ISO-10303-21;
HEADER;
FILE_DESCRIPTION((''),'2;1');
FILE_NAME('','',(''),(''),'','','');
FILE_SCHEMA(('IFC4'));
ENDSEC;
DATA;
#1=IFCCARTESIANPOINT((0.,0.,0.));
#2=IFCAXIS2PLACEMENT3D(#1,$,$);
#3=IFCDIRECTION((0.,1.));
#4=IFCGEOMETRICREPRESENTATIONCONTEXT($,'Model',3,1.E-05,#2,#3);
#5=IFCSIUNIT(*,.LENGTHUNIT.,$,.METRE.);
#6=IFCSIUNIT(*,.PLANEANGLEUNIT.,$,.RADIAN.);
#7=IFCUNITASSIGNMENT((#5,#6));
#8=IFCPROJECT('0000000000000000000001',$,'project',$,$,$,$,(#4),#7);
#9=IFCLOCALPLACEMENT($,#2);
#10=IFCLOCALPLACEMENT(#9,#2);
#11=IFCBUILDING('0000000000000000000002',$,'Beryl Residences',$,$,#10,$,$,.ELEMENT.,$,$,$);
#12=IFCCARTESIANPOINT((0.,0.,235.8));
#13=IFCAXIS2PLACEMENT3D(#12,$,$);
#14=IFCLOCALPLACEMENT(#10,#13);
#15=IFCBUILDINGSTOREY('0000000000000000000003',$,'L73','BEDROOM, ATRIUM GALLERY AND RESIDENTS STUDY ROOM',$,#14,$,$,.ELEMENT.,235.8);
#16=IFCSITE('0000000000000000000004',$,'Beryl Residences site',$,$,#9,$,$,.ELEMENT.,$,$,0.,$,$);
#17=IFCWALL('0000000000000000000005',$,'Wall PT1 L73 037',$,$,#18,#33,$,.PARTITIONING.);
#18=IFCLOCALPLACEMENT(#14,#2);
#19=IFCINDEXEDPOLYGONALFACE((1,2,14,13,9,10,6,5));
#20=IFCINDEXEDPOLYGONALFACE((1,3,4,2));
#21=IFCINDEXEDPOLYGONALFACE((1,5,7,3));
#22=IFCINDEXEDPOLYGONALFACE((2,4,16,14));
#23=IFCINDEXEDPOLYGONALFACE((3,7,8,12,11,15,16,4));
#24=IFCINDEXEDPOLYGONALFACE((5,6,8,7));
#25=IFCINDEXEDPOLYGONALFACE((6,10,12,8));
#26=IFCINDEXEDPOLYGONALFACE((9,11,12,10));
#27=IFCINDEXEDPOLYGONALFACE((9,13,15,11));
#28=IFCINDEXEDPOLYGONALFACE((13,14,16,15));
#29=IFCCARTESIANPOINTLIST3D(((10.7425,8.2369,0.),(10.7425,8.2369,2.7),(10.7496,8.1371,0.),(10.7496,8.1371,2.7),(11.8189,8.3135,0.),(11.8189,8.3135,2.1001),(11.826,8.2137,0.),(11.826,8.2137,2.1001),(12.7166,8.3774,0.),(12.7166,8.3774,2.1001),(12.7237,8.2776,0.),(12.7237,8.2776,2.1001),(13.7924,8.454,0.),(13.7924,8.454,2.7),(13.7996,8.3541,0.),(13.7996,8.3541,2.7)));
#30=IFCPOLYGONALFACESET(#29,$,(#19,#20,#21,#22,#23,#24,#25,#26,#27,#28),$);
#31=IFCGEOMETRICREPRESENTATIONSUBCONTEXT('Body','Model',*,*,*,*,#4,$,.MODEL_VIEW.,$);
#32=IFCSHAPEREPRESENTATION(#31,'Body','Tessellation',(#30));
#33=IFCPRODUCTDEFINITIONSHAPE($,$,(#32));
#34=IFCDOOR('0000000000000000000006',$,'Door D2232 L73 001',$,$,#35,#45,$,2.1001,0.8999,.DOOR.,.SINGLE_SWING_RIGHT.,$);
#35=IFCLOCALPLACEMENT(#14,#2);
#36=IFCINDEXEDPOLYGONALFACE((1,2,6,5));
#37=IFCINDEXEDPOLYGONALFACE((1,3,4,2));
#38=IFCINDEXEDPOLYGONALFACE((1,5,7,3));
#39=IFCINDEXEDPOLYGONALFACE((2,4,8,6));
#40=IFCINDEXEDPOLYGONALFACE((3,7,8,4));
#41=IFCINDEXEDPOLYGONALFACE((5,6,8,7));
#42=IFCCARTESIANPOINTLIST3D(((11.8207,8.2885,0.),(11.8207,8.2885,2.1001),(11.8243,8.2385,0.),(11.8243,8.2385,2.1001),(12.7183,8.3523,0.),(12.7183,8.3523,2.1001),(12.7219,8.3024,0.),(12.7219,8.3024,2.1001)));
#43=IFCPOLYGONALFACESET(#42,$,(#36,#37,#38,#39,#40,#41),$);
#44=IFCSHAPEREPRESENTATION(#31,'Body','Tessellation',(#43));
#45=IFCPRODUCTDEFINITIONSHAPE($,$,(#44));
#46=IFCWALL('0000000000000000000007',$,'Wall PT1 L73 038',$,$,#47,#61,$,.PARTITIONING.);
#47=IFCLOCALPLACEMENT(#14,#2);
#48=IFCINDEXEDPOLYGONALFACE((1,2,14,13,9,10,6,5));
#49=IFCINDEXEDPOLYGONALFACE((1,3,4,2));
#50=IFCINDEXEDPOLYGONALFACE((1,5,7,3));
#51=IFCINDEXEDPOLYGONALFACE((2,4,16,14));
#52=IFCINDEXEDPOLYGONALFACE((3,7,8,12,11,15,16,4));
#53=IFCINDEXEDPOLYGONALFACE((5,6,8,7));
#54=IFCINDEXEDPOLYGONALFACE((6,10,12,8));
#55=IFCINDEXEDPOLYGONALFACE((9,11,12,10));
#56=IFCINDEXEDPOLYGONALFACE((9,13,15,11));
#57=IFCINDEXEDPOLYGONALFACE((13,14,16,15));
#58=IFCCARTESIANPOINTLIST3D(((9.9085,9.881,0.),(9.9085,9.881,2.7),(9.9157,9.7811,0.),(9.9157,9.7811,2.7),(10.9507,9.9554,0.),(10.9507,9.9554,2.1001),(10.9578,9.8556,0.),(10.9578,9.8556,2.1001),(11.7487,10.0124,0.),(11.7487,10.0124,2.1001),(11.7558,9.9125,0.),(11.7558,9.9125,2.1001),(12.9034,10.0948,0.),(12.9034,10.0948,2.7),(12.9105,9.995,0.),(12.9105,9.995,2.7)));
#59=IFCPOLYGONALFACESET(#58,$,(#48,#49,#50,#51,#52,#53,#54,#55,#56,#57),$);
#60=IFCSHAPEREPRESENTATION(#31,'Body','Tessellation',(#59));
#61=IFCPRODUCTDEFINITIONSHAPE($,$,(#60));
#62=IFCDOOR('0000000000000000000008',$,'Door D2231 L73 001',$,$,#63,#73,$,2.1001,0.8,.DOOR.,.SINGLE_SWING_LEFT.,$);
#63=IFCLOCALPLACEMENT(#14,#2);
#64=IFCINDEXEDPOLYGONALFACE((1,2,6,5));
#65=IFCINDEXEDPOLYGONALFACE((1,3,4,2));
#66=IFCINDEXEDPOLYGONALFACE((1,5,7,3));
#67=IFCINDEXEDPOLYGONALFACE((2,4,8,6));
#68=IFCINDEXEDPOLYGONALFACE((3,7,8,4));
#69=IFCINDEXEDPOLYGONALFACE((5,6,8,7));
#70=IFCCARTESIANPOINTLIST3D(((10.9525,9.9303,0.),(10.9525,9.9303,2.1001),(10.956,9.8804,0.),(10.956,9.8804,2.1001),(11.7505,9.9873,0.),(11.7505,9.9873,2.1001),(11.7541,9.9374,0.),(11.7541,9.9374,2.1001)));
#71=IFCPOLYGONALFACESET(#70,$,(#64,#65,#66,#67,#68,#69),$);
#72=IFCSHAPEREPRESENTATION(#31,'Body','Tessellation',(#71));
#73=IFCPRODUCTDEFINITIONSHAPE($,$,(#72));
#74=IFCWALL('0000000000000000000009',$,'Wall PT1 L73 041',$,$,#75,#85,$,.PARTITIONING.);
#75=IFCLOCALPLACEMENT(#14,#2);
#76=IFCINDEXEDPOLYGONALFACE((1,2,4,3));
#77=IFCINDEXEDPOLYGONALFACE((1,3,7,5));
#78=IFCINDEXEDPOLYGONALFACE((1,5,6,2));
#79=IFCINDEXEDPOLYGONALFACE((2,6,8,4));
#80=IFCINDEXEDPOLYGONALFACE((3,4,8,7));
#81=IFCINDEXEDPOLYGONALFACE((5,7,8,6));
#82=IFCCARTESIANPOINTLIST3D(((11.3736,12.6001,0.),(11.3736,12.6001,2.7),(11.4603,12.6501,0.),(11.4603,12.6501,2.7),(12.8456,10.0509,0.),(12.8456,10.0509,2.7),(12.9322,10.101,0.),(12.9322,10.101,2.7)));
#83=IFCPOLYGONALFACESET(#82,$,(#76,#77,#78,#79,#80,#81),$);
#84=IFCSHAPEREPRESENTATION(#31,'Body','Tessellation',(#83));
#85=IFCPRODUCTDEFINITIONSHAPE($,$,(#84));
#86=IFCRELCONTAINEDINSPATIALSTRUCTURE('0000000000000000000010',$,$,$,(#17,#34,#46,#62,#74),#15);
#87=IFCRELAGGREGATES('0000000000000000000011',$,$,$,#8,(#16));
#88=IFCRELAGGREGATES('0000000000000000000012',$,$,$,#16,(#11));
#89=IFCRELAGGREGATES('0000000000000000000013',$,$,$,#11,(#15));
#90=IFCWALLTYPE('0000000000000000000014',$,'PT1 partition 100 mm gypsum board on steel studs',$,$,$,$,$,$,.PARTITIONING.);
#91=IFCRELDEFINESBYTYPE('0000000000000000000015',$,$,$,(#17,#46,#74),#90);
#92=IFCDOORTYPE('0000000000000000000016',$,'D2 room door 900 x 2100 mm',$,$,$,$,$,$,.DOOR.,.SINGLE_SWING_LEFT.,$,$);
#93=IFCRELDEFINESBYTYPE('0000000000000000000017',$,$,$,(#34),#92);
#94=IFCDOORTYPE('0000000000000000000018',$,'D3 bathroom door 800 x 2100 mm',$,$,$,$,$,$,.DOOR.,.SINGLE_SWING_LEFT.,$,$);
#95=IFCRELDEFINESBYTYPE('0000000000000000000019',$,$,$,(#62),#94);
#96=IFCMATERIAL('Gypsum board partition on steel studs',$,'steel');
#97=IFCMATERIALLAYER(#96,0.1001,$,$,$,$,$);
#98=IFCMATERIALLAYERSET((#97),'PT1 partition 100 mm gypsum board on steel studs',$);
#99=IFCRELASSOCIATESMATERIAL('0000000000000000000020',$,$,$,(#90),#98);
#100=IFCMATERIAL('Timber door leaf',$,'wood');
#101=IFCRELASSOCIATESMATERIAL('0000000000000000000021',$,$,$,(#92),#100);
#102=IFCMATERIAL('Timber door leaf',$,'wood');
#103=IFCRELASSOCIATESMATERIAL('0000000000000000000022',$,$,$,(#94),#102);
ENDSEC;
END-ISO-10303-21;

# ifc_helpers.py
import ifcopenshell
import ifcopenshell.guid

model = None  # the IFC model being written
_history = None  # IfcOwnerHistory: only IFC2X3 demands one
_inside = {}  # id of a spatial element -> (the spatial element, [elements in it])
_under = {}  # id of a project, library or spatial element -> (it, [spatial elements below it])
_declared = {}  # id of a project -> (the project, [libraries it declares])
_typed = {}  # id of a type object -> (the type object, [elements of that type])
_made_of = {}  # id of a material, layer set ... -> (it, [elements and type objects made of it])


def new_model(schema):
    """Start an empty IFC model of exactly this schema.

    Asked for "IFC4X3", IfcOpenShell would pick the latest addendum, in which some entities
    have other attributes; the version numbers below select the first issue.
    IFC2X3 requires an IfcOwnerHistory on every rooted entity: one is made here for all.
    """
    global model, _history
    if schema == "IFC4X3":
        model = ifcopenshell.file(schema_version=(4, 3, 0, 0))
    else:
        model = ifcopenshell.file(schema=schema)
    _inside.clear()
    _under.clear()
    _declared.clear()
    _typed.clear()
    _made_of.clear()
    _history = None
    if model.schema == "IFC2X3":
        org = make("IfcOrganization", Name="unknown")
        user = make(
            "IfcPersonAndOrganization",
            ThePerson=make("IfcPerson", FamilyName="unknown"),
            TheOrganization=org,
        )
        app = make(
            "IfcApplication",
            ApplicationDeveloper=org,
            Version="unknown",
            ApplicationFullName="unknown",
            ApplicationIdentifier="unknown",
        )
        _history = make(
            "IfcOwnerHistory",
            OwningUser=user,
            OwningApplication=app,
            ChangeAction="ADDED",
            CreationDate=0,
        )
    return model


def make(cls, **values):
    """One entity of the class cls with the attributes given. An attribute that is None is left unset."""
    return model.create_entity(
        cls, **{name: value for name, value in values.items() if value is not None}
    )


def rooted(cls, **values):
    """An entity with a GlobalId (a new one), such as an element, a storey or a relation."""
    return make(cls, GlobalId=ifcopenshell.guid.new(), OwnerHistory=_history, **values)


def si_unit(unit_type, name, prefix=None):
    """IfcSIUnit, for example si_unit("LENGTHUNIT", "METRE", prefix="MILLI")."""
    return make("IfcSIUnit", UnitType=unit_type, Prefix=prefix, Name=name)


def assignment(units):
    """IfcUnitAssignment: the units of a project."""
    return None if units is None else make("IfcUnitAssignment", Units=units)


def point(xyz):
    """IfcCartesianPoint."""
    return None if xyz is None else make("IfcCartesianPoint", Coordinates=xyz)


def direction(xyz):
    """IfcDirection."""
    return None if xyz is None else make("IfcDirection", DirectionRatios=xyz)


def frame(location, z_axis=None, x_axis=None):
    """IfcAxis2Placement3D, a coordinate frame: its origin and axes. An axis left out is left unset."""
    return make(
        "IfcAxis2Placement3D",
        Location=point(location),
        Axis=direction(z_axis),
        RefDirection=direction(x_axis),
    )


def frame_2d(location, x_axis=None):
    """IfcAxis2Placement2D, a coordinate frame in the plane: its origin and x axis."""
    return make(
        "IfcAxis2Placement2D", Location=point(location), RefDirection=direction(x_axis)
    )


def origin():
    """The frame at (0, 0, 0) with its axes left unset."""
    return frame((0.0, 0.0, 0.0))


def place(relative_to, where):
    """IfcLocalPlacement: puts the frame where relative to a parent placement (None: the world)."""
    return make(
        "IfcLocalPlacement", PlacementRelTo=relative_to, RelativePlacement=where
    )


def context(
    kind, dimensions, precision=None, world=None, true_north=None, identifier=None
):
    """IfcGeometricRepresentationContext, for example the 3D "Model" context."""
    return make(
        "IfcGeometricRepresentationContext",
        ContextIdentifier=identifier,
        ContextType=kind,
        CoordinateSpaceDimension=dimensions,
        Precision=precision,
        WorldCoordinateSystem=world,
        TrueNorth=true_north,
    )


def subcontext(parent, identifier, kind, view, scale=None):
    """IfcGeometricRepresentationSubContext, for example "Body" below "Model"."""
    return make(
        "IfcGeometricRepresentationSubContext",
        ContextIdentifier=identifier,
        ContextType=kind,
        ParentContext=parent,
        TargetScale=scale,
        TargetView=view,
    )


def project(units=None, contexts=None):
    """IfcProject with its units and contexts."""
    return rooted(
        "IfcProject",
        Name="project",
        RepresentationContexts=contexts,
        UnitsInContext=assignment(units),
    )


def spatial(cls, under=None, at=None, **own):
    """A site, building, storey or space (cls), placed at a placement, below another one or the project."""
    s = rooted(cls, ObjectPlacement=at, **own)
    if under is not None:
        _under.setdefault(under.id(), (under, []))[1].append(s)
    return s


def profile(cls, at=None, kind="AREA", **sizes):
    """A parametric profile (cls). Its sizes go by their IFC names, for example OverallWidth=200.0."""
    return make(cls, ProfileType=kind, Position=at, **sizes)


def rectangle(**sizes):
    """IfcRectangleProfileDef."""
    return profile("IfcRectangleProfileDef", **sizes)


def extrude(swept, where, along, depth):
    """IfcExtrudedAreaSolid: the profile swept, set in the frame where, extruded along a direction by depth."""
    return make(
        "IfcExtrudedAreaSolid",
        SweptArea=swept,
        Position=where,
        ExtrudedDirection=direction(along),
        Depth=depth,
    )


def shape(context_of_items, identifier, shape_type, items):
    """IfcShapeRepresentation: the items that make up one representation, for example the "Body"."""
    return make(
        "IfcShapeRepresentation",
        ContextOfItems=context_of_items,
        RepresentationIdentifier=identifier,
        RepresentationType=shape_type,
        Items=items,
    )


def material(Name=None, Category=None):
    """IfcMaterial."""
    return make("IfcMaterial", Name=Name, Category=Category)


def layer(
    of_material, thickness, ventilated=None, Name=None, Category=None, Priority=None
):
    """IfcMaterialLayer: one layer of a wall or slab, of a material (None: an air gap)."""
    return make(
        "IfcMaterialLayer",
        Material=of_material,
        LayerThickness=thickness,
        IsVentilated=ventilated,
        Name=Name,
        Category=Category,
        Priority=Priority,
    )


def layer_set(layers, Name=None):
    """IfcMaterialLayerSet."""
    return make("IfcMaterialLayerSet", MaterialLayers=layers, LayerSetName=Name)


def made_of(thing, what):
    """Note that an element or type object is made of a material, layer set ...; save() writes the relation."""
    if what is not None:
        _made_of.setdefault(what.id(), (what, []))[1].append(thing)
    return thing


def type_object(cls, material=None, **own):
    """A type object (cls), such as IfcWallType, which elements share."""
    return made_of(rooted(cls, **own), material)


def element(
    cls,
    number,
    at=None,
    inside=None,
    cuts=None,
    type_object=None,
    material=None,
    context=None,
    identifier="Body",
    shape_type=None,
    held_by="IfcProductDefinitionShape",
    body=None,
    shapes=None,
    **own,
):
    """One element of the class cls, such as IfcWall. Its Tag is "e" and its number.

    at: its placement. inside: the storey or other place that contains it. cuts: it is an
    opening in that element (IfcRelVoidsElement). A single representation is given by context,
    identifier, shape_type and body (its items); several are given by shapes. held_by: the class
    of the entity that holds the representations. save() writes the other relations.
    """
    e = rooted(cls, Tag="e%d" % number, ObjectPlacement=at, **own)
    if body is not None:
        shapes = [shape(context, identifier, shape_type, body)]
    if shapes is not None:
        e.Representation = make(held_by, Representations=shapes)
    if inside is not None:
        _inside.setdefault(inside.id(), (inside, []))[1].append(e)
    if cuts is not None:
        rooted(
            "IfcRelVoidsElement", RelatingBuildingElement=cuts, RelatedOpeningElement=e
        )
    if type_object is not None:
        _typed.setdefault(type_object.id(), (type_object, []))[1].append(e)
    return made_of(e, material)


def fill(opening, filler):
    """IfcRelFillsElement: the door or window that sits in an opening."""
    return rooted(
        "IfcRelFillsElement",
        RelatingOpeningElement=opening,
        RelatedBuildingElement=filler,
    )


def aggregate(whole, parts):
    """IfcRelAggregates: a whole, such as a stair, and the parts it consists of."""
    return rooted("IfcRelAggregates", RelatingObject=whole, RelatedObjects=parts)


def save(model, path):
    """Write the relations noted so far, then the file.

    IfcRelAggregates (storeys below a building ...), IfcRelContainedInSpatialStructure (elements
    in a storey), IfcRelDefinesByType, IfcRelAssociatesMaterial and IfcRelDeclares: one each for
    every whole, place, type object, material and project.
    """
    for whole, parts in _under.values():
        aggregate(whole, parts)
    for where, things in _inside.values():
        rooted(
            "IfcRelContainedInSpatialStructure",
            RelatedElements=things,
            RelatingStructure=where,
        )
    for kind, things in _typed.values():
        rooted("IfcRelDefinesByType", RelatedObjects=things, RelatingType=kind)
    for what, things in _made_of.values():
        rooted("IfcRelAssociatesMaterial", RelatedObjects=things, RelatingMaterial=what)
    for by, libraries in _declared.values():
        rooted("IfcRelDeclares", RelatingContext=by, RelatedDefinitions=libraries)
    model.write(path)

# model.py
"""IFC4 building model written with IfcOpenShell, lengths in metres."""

from ifc_helpers import new_model, si_unit, direction, frame, frame_2d, origin, place, context, subcontext, project, spatial, rectangle, extrude, material, layer, layer_set, type_object, element, fill, save


model = new_model("IFC4")

# Units and contexts
model_context = context("Model", 3, precision=1e-05, world=origin(), true_north=direction((0.0, 1.0)))
body_context = subcontext(model_context, "Body", "Model", "MODEL_VIEW")
ifc_project = project(units=[si_unit("LENGTHUNIT", "METRE"), si_unit("PLANEANGLEUNIT", "RADIAN")], contexts=[model_context])

# Site, building, storey
site_placement = place(None, origin())
site = spatial("IfcSite", under=ifc_project, at=site_placement, Name="Beryl Residences site", CompositionType="ELEMENT", RefElevation=0.0)
building_placement = place(site_placement, origin())
building = spatial("IfcBuilding", under=site, at=building_placement, Name="Beryl Residences", CompositionType="ELEMENT")
storey_placement = place(building_placement, frame((0.0, 0.0, 235.8)))
storey = spatial("IfcBuildingStorey", under=building, at=storey_placement, Name="L73", Description="BEDROOM, ATRIUM GALLERY AND RESIDENTS STUDY ROOM", CompositionType="ELEMENT", Elevation=235.8)

# Shared definitions
ifc_material_1 = material(Name="Gypsum board partition on steel studs", Category="steel")
ifc_layer_1 = layer(ifc_material_1, 0.1001)
ifc_layer_set_1 = layer_set([ifc_layer_1], Name="PT1 partition 100 mm gypsum board on steel studs")
wall_type_1 = type_object("IfcWallType", Name="PT1 partition 100 mm gypsum board on steel studs", PredefinedType="PARTITIONING", material=ifc_layer_set_1)
ifc_material_2 = material(Name="Timber door leaf", Category="wood")
door_type_1 = type_object("IfcDoorType", Name="D2 room door 900 x 2100 mm", OperationType="SINGLE_SWING_LEFT", PredefinedType="DOOR", material=ifc_material_2)

# Walls, openings, doors
wall_1_placement = place(storey_placement, frame((10.7461, 8.187, 0.0), z_axis=(0.0, 0.0, 1.0), x_axis=(0.997477, 0.070986, 0.0)))
wall_1 = element("IfcWall", 1, at=wall_1_placement, inside=storey, type_object=wall_type_1, Name="Wall PT1 L73 037", PredefinedType="PARTITIONING", context=body_context, shape_type="SweptSolid", body=[
    extrude(rectangle(XDim=3.0576, YDim=0.1001, at=frame_2d((1.5288, 0.0))), origin(), (0.0, 0.0, 1.0), 2.7),
])
opening_1_placement = place(wall_1_placement, frame((1.0791, 0.0, 0.0)))
opening_1 = element("IfcOpeningElement", 2, at=opening_1_placement, cuts=wall_1, PredefinedType="OPENING", context=body_context, shape_type="SweptSolid", body=[
    extrude(rectangle(XDim=0.8999, YDim=2.1001, at=frame_2d((0.45, 1.05))), frame((0.0, 0.0601, 0.0), z_axis=(0.0, -1.0, 0.0), x_axis=(1.0, 0.0, 0.0)), (0.0, 0.0, 1.0), 0.1201),
])
door_1_placement = place(opening_1_placement, origin())
door_1 = element("IfcDoor", 3, at=door_1_placement, inside=storey, type_object=door_type_1, Name="Door D2232 L73 001", OperationType="SINGLE_SWING_RIGHT", OverallHeight=2.1001, OverallWidth=0.8999, PredefinedType="DOOR", context=body_context, shape_type="SweptSolid", body=[
    extrude(rectangle(XDim=0.8999, YDim=2.1001, at=frame_2d((0.45, 1.05))), frame((0.0, 0.0249, 0.0), z_axis=(0.0, -1.0, 0.0), x_axis=(1.0, 0.0, 0.0)), (0.0, 0.0, 1.0), 0.05),
])
fill(opening_1, door_1)
wall_2_placement = place(storey_placement, frame((9.9121, 9.8311, 0.0), z_axis=(0.0, 0.0, 1.0), x_axis=(0.99746, 0.07123, 0.0)))
wall_2 = element("IfcWall", 4, at=wall_2_placement, inside=storey, type_object=wall_type_1, Name="Wall PT1 L73 038", PredefinedType="PARTITIONING", context=body_context, shape_type="SweptSolid", body=[
    extrude(rectangle(XDim=3.0024, YDim=0.1001, at=frame_2d((1.5012, 0.0))), origin(), (0.0, 0.0, 1.0), 2.7),
])
opening_2_placement = place(wall_2_placement, frame((1.0449, 0.0, 0.0)))
opening_2 = element("IfcOpeningElement", 5, at=opening_2_placement, cuts=wall_2, PredefinedType="OPENING", context=body_context, shape_type="SweptSolid", body=[
    extrude(rectangle(XDim=0.8, YDim=2.1001, at=frame_2d((0.3999, 1.05))), frame((0.0, 0.0601, 0.0), z_axis=(0.0, -1.0, 0.0), x_axis=(1.0, 0.0, 0.0)), (0.0, 0.0, 1.0), 0.1201),
])
ifc_material_3 = material(Name="Timber door leaf", Category="wood")
door_type_2 = type_object("IfcDoorType", Name="D3 bathroom door 800 x 2100 mm", OperationType="SINGLE_SWING_LEFT", PredefinedType="DOOR", material=ifc_material_3)
door_2_placement = place(opening_2_placement, origin())
door_2 = element("IfcDoor", 6, at=door_2_placement, inside=storey, type_object=door_type_2, Name="Door D2231 L73 001", OperationType="SINGLE_SWING_LEFT", OverallHeight=2.1001, OverallWidth=0.8, PredefinedType="DOOR", context=body_context, shape_type="SweptSolid", body=[
    extrude(rectangle(XDim=0.8, YDim=2.1001, at=frame_2d((0.3999, 1.05))), frame((0.0, 0.0249, 0.0), z_axis=(0.0, -1.0, 0.0), x_axis=(1.0, 0.0, 0.0)), (0.0, 0.0, 1.0), 0.05),
])
fill(opening_2, door_2)

# Wall
wall_3_placement = place(storey_placement, frame((11.417, 12.625, 0.0), z_axis=(0.0, 0.0, 1.0), x_axis=(0.500055, -0.865994, 0.0)))
element("IfcWall", 7, at=wall_3_placement, inside=storey, type_object=wall_type_1, Name="Wall PT1 L73 041", PredefinedType="PARTITIONING", context=body_context, shape_type="SweptSolid", body=[
    extrude(rectangle(XDim=2.9436, YDim=0.1001, at=frame_2d((1.4717, 0.0))), origin(), (0.0, 0.0, 1.0), 2.7),
])

save(model, "model.ifc")
